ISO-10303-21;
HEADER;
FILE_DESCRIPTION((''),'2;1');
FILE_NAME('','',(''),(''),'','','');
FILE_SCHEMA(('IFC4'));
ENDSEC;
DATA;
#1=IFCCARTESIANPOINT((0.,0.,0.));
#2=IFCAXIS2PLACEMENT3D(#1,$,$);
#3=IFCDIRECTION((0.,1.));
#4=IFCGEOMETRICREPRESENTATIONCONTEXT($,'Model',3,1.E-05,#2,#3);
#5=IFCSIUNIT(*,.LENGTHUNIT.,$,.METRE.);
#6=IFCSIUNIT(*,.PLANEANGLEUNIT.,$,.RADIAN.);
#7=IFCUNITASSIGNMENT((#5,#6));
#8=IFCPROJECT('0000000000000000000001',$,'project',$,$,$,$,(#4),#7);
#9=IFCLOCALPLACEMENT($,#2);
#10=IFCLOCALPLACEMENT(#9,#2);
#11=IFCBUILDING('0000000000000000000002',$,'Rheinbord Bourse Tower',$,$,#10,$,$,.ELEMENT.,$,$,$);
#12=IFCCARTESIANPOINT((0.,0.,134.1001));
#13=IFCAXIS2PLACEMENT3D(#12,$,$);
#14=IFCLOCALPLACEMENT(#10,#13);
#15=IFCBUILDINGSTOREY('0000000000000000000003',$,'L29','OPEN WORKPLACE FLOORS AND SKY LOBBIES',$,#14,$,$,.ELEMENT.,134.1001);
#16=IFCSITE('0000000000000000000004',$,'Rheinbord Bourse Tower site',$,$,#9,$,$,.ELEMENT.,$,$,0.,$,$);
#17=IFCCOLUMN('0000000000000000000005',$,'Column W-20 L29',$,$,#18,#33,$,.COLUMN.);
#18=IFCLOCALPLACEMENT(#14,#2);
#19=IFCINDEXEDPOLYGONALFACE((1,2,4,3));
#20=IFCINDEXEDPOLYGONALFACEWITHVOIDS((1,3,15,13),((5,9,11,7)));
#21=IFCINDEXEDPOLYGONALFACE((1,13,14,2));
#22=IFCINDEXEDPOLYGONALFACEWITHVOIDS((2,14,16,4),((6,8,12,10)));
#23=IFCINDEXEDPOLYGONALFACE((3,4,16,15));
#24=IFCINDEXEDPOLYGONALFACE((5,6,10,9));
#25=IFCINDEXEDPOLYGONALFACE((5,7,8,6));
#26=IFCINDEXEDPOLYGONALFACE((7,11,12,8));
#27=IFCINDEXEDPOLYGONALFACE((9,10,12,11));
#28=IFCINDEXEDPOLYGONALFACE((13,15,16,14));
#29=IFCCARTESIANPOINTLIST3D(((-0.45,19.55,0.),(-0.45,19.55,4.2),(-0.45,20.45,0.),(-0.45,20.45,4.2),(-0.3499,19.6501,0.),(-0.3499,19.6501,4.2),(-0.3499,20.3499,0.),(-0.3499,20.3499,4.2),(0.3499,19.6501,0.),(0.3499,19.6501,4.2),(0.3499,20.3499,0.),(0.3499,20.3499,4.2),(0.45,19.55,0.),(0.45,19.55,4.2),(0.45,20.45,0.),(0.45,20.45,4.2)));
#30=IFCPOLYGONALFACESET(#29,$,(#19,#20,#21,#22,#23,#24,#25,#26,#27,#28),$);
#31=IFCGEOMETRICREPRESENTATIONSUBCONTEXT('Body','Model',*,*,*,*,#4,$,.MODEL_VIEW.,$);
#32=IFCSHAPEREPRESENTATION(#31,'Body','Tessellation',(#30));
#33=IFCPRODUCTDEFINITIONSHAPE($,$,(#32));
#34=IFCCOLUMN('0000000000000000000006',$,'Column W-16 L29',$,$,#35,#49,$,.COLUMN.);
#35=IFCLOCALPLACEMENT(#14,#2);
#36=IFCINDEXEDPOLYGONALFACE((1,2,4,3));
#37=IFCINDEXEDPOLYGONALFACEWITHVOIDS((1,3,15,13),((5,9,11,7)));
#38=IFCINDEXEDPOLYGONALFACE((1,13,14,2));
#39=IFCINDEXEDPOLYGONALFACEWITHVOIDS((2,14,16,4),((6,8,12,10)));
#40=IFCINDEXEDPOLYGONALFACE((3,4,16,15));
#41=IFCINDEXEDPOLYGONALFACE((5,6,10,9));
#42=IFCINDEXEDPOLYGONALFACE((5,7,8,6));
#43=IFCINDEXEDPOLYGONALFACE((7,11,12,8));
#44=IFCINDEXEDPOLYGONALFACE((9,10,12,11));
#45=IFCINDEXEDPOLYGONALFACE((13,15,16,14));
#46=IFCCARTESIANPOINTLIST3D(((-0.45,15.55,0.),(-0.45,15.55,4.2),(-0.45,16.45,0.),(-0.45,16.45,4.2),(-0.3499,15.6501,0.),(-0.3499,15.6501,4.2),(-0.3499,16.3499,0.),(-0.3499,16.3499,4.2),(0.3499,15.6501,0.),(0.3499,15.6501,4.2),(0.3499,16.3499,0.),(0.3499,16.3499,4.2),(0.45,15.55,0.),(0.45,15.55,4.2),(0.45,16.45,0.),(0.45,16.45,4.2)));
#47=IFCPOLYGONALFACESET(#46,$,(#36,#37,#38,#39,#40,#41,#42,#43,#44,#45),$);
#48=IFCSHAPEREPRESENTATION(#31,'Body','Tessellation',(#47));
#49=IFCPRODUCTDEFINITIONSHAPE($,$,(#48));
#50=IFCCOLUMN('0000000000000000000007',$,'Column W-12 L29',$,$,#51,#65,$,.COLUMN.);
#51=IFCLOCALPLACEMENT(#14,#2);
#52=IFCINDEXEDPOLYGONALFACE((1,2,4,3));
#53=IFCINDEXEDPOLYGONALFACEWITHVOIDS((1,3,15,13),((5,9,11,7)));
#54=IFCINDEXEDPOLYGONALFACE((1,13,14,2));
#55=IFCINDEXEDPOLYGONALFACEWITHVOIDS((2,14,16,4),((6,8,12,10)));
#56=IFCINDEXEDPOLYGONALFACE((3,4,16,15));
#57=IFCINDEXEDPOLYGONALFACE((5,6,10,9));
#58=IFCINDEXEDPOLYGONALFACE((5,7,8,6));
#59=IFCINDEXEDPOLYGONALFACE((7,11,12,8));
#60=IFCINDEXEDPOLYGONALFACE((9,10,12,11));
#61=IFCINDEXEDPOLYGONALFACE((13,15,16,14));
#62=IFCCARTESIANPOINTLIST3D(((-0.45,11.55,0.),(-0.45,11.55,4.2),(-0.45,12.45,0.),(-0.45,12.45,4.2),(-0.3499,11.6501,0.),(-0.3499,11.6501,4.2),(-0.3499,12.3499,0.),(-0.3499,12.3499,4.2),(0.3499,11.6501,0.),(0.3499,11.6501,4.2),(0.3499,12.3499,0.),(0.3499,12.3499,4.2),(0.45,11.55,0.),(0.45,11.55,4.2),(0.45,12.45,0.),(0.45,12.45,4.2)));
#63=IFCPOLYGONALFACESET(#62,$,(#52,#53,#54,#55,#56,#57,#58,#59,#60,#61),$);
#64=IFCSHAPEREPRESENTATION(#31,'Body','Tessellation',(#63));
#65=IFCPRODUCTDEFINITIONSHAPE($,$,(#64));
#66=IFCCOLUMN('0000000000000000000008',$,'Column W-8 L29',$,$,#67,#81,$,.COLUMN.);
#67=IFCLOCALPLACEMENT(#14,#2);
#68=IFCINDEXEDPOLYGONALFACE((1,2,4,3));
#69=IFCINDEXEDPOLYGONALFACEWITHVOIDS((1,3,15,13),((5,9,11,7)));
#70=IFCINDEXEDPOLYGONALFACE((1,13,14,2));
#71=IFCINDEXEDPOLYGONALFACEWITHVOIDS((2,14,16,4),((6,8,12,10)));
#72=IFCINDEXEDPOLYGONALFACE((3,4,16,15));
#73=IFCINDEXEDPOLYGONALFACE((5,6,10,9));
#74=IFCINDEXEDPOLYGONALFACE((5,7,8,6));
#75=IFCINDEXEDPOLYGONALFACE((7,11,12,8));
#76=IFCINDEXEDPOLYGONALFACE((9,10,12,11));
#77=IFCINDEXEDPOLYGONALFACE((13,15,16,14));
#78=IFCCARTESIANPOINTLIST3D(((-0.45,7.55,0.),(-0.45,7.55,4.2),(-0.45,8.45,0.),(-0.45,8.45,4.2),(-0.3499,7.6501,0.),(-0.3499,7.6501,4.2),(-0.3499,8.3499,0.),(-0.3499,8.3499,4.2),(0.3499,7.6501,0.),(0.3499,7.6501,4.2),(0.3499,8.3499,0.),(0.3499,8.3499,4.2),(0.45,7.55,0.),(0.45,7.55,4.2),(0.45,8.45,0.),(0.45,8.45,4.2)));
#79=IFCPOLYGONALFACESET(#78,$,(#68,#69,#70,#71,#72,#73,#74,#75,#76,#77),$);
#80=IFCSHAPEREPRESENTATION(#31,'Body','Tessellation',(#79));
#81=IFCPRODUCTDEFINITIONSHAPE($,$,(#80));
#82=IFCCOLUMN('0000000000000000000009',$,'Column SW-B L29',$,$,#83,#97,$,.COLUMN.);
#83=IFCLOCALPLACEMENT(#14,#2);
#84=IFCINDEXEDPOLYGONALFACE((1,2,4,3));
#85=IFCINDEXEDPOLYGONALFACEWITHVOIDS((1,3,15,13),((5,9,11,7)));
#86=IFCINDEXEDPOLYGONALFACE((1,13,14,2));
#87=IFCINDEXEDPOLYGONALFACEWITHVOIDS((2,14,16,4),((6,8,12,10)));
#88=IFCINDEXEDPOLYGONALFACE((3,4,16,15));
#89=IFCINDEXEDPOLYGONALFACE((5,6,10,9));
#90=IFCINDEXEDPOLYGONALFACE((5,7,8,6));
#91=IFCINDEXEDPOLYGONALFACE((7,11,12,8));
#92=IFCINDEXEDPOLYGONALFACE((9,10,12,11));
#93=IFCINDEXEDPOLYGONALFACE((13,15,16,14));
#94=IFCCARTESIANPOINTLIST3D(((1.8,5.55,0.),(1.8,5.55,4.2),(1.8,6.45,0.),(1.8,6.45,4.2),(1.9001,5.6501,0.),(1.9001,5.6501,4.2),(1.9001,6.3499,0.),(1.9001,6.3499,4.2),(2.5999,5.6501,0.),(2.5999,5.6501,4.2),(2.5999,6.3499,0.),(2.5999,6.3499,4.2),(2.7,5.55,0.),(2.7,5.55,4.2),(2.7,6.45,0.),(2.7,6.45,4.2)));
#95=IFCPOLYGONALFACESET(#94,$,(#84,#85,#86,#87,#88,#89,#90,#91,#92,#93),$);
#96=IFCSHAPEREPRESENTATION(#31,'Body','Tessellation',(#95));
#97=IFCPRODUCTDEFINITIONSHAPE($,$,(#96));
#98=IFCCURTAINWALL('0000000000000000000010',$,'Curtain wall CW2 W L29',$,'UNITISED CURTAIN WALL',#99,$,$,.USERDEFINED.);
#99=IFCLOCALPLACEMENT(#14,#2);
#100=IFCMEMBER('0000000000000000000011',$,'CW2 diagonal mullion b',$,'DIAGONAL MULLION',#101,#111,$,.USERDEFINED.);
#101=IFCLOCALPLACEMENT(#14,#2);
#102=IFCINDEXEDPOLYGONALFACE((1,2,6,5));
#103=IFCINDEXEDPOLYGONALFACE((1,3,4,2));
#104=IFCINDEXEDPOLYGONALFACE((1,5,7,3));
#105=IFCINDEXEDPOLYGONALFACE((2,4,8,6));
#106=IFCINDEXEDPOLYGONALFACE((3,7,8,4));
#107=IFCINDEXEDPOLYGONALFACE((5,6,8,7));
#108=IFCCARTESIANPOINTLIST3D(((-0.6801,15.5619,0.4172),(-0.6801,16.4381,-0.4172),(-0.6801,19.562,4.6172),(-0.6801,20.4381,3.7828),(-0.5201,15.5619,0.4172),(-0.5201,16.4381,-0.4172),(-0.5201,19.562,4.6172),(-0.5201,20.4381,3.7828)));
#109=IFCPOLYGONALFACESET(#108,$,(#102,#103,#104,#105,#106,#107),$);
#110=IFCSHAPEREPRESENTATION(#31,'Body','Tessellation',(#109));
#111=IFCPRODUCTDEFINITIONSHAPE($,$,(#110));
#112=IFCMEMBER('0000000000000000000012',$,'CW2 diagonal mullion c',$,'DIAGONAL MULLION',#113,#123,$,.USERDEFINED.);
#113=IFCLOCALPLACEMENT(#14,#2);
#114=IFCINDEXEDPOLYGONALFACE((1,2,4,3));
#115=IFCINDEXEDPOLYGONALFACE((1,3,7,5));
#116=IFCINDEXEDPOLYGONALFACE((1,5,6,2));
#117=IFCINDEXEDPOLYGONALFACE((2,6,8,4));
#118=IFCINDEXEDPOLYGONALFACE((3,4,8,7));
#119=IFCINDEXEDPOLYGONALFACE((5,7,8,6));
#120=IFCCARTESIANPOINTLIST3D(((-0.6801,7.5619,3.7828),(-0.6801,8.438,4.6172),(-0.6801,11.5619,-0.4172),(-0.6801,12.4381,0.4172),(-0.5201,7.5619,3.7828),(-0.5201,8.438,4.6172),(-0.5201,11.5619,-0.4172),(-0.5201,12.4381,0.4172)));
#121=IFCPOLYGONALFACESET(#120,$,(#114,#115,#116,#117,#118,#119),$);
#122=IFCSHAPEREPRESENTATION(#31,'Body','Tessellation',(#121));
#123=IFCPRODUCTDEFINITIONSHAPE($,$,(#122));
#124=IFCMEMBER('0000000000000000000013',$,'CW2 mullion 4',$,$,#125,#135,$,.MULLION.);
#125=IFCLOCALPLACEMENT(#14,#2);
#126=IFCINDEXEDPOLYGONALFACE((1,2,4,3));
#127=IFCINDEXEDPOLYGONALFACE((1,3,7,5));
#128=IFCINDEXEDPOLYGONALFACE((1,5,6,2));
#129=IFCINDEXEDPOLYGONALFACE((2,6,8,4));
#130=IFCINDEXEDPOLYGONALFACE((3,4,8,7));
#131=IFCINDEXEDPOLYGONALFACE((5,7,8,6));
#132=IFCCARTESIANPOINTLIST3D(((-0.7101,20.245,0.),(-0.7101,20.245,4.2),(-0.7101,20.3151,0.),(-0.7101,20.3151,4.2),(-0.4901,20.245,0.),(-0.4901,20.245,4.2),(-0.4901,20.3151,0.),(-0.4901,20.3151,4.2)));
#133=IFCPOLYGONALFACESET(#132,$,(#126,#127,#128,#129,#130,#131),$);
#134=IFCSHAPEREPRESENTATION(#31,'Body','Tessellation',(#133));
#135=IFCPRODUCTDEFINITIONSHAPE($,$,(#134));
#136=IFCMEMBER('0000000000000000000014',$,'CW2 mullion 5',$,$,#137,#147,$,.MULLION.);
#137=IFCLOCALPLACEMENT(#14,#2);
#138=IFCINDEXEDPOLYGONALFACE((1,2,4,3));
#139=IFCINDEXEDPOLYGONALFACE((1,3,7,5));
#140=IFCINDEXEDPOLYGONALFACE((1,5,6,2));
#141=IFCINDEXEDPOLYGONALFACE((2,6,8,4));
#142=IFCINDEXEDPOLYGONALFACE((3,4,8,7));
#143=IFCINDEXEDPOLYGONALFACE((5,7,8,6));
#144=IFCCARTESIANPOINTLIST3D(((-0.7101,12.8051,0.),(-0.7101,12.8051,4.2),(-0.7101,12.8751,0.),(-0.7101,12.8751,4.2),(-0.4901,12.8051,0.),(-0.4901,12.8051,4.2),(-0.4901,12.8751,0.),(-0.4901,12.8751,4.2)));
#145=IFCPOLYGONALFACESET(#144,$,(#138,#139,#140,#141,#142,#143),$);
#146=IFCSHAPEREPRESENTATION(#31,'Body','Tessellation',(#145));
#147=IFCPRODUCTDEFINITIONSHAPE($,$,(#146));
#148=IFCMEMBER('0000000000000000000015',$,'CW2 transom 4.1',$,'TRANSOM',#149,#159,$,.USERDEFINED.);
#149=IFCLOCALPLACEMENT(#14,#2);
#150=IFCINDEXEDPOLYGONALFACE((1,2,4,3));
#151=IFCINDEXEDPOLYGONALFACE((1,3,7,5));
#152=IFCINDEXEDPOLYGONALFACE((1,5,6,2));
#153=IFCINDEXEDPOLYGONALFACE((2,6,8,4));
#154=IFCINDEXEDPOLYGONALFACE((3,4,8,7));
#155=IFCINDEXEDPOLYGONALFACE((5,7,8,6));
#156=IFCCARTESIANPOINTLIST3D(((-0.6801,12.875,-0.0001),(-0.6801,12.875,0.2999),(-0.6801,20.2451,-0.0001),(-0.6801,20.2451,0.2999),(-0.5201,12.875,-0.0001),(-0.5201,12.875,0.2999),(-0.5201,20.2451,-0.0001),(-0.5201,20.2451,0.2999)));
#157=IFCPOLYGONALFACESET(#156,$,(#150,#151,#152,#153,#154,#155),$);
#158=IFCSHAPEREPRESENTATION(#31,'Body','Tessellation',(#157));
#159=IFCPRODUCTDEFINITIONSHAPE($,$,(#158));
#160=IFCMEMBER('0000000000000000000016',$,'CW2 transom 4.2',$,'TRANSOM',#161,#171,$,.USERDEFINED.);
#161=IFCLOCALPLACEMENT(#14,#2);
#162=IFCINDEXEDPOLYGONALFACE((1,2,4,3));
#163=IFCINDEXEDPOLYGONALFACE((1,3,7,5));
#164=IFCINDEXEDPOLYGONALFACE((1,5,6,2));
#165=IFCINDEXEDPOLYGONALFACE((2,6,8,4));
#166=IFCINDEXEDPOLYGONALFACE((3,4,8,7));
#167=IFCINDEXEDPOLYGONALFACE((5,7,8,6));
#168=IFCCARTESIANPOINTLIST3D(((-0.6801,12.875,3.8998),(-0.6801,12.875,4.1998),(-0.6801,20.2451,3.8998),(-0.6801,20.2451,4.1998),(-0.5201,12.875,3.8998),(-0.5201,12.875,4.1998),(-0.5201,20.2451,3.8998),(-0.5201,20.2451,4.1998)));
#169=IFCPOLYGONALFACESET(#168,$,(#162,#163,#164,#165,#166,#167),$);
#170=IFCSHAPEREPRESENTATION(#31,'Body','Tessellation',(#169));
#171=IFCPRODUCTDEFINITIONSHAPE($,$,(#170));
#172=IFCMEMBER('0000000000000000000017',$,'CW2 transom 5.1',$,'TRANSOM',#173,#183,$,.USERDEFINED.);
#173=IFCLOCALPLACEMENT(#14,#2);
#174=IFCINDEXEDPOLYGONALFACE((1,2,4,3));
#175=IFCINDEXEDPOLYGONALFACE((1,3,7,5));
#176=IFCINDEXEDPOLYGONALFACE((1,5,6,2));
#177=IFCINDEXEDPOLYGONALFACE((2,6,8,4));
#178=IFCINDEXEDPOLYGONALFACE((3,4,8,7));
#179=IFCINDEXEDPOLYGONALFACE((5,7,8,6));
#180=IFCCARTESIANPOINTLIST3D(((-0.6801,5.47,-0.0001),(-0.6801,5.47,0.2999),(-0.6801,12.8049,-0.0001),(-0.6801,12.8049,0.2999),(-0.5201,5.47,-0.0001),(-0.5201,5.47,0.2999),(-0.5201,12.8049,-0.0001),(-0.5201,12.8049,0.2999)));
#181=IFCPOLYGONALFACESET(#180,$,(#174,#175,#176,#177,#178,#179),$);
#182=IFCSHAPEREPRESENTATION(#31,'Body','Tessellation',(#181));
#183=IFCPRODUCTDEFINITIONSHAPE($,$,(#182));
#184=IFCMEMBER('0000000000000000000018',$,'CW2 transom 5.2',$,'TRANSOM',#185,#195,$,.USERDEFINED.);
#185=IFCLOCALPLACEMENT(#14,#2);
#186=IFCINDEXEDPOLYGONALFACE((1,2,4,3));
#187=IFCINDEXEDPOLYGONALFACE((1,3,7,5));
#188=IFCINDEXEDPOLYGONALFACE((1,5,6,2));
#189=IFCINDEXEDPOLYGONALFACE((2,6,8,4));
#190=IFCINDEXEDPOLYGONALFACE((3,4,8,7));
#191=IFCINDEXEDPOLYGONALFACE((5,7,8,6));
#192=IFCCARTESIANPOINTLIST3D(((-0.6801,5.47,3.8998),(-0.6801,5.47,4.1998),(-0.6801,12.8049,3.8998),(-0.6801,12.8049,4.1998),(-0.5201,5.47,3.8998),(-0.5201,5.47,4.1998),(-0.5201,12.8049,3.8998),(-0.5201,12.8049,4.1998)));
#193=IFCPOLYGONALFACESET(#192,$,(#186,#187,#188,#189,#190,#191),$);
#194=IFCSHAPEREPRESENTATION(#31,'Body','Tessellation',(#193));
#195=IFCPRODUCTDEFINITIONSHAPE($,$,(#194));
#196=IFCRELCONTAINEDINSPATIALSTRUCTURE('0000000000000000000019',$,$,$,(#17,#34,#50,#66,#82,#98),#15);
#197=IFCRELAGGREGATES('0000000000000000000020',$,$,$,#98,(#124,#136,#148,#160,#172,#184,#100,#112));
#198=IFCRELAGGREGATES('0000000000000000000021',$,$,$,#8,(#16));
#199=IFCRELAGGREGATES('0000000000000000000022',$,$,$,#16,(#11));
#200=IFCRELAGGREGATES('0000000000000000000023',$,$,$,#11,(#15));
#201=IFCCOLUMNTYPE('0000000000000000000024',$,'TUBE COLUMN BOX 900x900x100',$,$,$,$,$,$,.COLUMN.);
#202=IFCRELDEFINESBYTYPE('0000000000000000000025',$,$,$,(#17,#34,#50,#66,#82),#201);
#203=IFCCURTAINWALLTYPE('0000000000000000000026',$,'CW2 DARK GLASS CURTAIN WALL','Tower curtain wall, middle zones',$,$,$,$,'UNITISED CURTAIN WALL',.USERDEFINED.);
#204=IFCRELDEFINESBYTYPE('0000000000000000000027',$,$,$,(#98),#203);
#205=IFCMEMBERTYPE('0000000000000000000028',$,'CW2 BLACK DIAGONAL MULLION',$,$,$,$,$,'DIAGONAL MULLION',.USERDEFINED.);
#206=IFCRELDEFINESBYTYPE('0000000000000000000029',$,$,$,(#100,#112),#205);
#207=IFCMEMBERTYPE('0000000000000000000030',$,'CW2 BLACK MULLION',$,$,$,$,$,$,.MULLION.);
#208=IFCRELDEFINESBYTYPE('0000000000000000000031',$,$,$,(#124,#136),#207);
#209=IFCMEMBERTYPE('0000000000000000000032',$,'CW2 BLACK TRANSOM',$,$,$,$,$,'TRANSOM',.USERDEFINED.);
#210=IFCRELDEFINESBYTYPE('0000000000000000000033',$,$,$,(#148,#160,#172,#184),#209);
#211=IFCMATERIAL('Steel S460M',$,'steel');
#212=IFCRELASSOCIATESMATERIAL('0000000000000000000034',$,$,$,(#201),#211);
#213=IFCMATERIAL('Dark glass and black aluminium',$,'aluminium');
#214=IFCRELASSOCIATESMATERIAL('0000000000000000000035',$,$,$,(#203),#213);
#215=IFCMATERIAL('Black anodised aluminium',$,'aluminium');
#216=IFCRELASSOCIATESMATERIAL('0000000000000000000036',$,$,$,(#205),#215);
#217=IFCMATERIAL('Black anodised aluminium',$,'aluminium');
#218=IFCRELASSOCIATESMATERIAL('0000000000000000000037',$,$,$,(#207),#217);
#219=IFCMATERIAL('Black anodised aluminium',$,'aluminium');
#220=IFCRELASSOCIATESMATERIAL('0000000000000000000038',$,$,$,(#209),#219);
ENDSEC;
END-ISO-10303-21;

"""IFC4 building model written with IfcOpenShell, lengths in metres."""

from ifc_helpers import new_model, si_unit, direction, frame, origin, origin_2d, place, context, subcontext, project, spatial, rectangle, hollow_rectangle, extrude, material, material_profile, profile_set, type_object, element, aggregate, save


model = new_model("IFC4")

# Units and contexts
model_context = context("Model", 3, precision=1e-05, world=origin(), true_north=direction((0.0, 1.0)))
body_context = subcontext(model_context, "Body", "Model", "MODEL_VIEW")
ifc_project = project(units=[si_unit("LENGTHUNIT", "METRE"), si_unit("PLANEANGLEUNIT", "RADIAN")], contexts=[model_context])

# Site, building, storey
site_placement = place(None, origin())
site = spatial("IfcSite", under=ifc_project, at=site_placement, Name="Rheinbord Bourse Tower site", CompositionType="ELEMENT", RefElevation=0.0)
building_placement = place(site_placement, origin())
building = spatial("IfcBuilding", under=site, at=building_placement, Name="Rheinbord Bourse Tower", CompositionType="ELEMENT")
storey_placement = place(building_placement, frame((0.0, 0.0, 134.1001)))
storey = spatial("IfcBuildingStorey", under=building, at=storey_placement, Name="L29", Description="OPEN WORKPLACE FLOORS AND SKY LOBBIES", CompositionType="ELEMENT", Elevation=134.1001)

# Columns
ifc_material_1 = material(Name="Steel S460M", Category="steel")
ifc_material_profile_1 = material_profile(ifc_material_1, hollow_rectangle(XDim=0.8999, YDim=0.8999, WallThickness=0.1001, at=origin_2d()), Name="BOX 900x900x100")
ifc_profile_set_1 = profile_set([ifc_material_profile_1], Name="Steel S460M")
column_type = type_object("IfcColumnType", Name="TUBE COLUMN BOX 900x900x100", PredefinedType="COLUMN", material=ifc_profile_set_1)
for number, where, z_axis, x_axis, name in (
    (1, (0.0, 20.0, 0.0), (0.0, 0.0, 1.0), (1.0, 0.0, 0.0), "Column W-20 L29"),
    (2, (0.0, 16.0, 0.0), (0.0, 0.0, 1.0), (1.0, 0.0, 0.0), "Column W-16 L29"),
    (3, (0.0, 12.0, 0.0), (0.0, 0.0, 1.0), (1.0, 0.0, 0.0), "Column W-12 L29"),
    (4, (0.0, 8.0, 0.0), (0.0, 0.0, 1.0), (1.0, 0.0, 0.0), "Column W-8 L29"),
    (5, (2.25, 6.0, 0.0), (0.0, 0.0, 1.0), (1.0, 0.0, 0.0), "Column SW-B L29"),
):
    element("IfcColumn", number, at=place(storey_placement, frame(where, z_axis=z_axis, x_axis=x_axis)), inside=storey, type_object=column_type, Name=name, PredefinedType="COLUMN", context=body_context, shape_type="SweptSolid", body=[
        extrude(hollow_rectangle(XDim=0.8999, YDim=0.8999, WallThickness=0.1001, at=origin_2d()), origin(), (0.0, 0.0, 1.0), 4.2),
    ])

# Curtain wall, members
ifc_material_2 = material(Name="Dark glass and black aluminium", Category="aluminium")
curtain_wall_type = type_object("IfcCurtainWallType", Name="CW2 DARK GLASS CURTAIN WALL", Description="Tower curtain wall, middle zones", ElementType="UNITISED CURTAIN WALL", PredefinedType="USERDEFINED", material=ifc_material_2)
curtain_wall_placement = place(storey_placement, origin())
curtain_wall = element("IfcCurtainWall", 6, at=curtain_wall_placement, inside=storey, type_object=curtain_wall_type, Name="Curtain wall CW2 W L29", ObjectType="UNITISED CURTAIN WALL", PredefinedType="USERDEFINED")
ifc_material_3 = material(Name="Black anodised aluminium", Category="aluminium")
ifc_material_profile_2 = material_profile(ifc_material_3, rectangle(XDim=0.1599, YDim=1.21, at=origin_2d()), Name="CW2 DIAGONAL MULLION 1210x160")
ifc_profile_set_2 = profile_set([ifc_material_profile_2], Name="Black anodised aluminium")
member_type_1 = type_object("IfcMemberType", Name="CW2 BLACK DIAGONAL MULLION", ElementType="DIAGONAL MULLION", PredefinedType="USERDEFINED", material=ifc_profile_set_2)
member_1_placement = place(storey_placement, frame((-0.6001, 16.0, 0.0), z_axis=(0.0, 0.689659, 0.724134), x_axis=(-1.0, 0.0, 0.0)))
member_1 = element("IfcMember", 7, at=member_1_placement, type_object=member_type_1, Name="CW2 diagonal mullion b", ObjectType="DIAGONAL MULLION", PredefinedType="USERDEFINED", context=body_context, shape_type="SweptSolid", body=[
    extrude(rectangle(XDim=0.1599, YDim=1.21, at=origin_2d()), origin(), (0.0, 0.0, 1.0), 5.8),
])
member_2_placement = place(storey_placement, frame((-0.6001, 12.0, 0.0), z_axis=(0.0, -0.689659, 0.724134), x_axis=(1.0, 0.0, 0.0)))
member_2 = element("IfcMember", 8, at=member_2_placement, type_object=member_type_1, Name="CW2 diagonal mullion c", ObjectType="DIAGONAL MULLION", PredefinedType="USERDEFINED", context=body_context, shape_type="SweptSolid", body=[
    extrude(rectangle(XDim=0.1599, YDim=1.21, at=origin_2d()), origin(), (0.0, 0.0, 1.0), 5.8),
])
ifc_material_4 = material(Name="Black anodised aluminium", Category="aluminium")
ifc_material_profile_3 = material_profile(ifc_material_4, rectangle(XDim=0.22, YDim=0.0701, at=origin_2d()), Name="CW2 MULLION 70x220")
ifc_profile_set_3 = profile_set([ifc_material_profile_3], Name="Black anodised aluminium")
member_type_2 = type_object("IfcMemberType", Name="CW2 BLACK MULLION", PredefinedType="MULLION", material=ifc_profile_set_3)
member_3_placement = place(storey_placement, frame((-0.6001, 20.28, 0.0), z_axis=(0.0, 0.0, 1.0), x_axis=(1.0, 0.0, 0.0)))
member_3 = element("IfcMember", 9, at=member_3_placement, type_object=member_type_2, Name="CW2 mullion 4", PredefinedType="MULLION", context=body_context, shape_type="SweptSolid", body=[
    extrude(rectangle(XDim=0.22, YDim=0.0701, at=origin_2d()), origin(), (0.0, 0.0, 1.0), 4.2),
])
member_4_placement = place(storey_placement, frame((-0.6001, 12.8401, 0.0), z_axis=(0.0, 0.0, 1.0), x_axis=(1.0, 0.0, 0.0)))
member_4 = element("IfcMember", 10, at=member_4_placement, type_object=member_type_2, Name="CW2 mullion 5", PredefinedType="MULLION", context=body_context, shape_type="SweptSolid", body=[
    extrude(rectangle(XDim=0.22, YDim=0.0701, at=origin_2d()), origin(), (0.0, 0.0, 1.0), 4.2),
])
ifc_material_5 = material(Name="Black anodised aluminium", Category="aluminium")
ifc_material_profile_4 = material_profile(ifc_material_5, rectangle(XDim=0.1599, YDim=0.3, at=origin_2d()), Name="CW2 TRANSOM 300x160")
ifc_profile_set_4 = profile_set([ifc_material_profile_4], Name="Black anodised aluminium")
member_type_3 = type_object("IfcMemberType", Name="CW2 BLACK TRANSOM", ElementType="TRANSOM", PredefinedType="USERDEFINED", material=ifc_profile_set_4)
member_5_placement = place(storey_placement, frame((-0.6001, 20.2451, 0.1499), z_axis=(0.0, -1.0, 0.0), x_axis=(1.0, 0.0, 0.0)))
member_5 = element("IfcMember", 11, at=member_5_placement, type_object=member_type_3, Name="CW2 transom 4.1", ObjectType="TRANSOM", PredefinedType="USERDEFINED", context=body_context, shape_type="SweptSolid", body=[
    extrude(rectangle(XDim=0.1599, YDim=0.3, at=origin_2d()), origin(), (0.0, 0.0, 1.0), 7.3701),
])
member_6_placement = place(storey_placement, frame((-0.6001, 20.2451, 4.0498), z_axis=(0.0, -1.0, 0.0), x_axis=(1.0, 0.0, 0.0)))
member_6 = element("IfcMember", 12, at=member_6_placement, type_object=member_type_3, Name="CW2 transom 4.2", ObjectType="TRANSOM", PredefinedType="USERDEFINED", context=body_context, shape_type="SweptSolid", body=[
    extrude(rectangle(XDim=0.1599, YDim=0.3, at=origin_2d()), origin(), (0.0, 0.0, 1.0), 7.3701),
])
member_7_placement = place(storey_placement, frame((-0.6001, 12.8049, 0.1499), z_axis=(0.0, -1.0, 0.0), x_axis=(1.0, 0.0, 0.0)))
member_7 = element("IfcMember", 13, at=member_7_placement, type_object=member_type_3, Name="CW2 transom 5.1", ObjectType="TRANSOM", PredefinedType="USERDEFINED", context=body_context, shape_type="SweptSolid", body=[
    extrude(rectangle(XDim=0.1599, YDim=0.3, at=origin_2d()), origin(), (0.0, 0.0, 1.0), 7.335),
])
member_8_placement = place(storey_placement, frame((-0.6001, 12.8049, 4.0498), z_axis=(0.0, -1.0, 0.0), x_axis=(1.0, 0.0, 0.0)))
member_8 = element("IfcMember", 14, at=member_8_placement, type_object=member_type_3, Name="CW2 transom 5.2", ObjectType="TRANSOM", PredefinedType="USERDEFINED", context=body_context, shape_type="SweptSolid", body=[
    extrude(rectangle(XDim=0.1599, YDim=0.3, at=origin_2d()), origin(), (0.0, 0.0, 1.0), 7.335),
])

aggregate(curtain_wall, [member_3, member_4, member_5, member_6, member_7, member_8, member_1, member_2])

save(model, "model.ifc")
